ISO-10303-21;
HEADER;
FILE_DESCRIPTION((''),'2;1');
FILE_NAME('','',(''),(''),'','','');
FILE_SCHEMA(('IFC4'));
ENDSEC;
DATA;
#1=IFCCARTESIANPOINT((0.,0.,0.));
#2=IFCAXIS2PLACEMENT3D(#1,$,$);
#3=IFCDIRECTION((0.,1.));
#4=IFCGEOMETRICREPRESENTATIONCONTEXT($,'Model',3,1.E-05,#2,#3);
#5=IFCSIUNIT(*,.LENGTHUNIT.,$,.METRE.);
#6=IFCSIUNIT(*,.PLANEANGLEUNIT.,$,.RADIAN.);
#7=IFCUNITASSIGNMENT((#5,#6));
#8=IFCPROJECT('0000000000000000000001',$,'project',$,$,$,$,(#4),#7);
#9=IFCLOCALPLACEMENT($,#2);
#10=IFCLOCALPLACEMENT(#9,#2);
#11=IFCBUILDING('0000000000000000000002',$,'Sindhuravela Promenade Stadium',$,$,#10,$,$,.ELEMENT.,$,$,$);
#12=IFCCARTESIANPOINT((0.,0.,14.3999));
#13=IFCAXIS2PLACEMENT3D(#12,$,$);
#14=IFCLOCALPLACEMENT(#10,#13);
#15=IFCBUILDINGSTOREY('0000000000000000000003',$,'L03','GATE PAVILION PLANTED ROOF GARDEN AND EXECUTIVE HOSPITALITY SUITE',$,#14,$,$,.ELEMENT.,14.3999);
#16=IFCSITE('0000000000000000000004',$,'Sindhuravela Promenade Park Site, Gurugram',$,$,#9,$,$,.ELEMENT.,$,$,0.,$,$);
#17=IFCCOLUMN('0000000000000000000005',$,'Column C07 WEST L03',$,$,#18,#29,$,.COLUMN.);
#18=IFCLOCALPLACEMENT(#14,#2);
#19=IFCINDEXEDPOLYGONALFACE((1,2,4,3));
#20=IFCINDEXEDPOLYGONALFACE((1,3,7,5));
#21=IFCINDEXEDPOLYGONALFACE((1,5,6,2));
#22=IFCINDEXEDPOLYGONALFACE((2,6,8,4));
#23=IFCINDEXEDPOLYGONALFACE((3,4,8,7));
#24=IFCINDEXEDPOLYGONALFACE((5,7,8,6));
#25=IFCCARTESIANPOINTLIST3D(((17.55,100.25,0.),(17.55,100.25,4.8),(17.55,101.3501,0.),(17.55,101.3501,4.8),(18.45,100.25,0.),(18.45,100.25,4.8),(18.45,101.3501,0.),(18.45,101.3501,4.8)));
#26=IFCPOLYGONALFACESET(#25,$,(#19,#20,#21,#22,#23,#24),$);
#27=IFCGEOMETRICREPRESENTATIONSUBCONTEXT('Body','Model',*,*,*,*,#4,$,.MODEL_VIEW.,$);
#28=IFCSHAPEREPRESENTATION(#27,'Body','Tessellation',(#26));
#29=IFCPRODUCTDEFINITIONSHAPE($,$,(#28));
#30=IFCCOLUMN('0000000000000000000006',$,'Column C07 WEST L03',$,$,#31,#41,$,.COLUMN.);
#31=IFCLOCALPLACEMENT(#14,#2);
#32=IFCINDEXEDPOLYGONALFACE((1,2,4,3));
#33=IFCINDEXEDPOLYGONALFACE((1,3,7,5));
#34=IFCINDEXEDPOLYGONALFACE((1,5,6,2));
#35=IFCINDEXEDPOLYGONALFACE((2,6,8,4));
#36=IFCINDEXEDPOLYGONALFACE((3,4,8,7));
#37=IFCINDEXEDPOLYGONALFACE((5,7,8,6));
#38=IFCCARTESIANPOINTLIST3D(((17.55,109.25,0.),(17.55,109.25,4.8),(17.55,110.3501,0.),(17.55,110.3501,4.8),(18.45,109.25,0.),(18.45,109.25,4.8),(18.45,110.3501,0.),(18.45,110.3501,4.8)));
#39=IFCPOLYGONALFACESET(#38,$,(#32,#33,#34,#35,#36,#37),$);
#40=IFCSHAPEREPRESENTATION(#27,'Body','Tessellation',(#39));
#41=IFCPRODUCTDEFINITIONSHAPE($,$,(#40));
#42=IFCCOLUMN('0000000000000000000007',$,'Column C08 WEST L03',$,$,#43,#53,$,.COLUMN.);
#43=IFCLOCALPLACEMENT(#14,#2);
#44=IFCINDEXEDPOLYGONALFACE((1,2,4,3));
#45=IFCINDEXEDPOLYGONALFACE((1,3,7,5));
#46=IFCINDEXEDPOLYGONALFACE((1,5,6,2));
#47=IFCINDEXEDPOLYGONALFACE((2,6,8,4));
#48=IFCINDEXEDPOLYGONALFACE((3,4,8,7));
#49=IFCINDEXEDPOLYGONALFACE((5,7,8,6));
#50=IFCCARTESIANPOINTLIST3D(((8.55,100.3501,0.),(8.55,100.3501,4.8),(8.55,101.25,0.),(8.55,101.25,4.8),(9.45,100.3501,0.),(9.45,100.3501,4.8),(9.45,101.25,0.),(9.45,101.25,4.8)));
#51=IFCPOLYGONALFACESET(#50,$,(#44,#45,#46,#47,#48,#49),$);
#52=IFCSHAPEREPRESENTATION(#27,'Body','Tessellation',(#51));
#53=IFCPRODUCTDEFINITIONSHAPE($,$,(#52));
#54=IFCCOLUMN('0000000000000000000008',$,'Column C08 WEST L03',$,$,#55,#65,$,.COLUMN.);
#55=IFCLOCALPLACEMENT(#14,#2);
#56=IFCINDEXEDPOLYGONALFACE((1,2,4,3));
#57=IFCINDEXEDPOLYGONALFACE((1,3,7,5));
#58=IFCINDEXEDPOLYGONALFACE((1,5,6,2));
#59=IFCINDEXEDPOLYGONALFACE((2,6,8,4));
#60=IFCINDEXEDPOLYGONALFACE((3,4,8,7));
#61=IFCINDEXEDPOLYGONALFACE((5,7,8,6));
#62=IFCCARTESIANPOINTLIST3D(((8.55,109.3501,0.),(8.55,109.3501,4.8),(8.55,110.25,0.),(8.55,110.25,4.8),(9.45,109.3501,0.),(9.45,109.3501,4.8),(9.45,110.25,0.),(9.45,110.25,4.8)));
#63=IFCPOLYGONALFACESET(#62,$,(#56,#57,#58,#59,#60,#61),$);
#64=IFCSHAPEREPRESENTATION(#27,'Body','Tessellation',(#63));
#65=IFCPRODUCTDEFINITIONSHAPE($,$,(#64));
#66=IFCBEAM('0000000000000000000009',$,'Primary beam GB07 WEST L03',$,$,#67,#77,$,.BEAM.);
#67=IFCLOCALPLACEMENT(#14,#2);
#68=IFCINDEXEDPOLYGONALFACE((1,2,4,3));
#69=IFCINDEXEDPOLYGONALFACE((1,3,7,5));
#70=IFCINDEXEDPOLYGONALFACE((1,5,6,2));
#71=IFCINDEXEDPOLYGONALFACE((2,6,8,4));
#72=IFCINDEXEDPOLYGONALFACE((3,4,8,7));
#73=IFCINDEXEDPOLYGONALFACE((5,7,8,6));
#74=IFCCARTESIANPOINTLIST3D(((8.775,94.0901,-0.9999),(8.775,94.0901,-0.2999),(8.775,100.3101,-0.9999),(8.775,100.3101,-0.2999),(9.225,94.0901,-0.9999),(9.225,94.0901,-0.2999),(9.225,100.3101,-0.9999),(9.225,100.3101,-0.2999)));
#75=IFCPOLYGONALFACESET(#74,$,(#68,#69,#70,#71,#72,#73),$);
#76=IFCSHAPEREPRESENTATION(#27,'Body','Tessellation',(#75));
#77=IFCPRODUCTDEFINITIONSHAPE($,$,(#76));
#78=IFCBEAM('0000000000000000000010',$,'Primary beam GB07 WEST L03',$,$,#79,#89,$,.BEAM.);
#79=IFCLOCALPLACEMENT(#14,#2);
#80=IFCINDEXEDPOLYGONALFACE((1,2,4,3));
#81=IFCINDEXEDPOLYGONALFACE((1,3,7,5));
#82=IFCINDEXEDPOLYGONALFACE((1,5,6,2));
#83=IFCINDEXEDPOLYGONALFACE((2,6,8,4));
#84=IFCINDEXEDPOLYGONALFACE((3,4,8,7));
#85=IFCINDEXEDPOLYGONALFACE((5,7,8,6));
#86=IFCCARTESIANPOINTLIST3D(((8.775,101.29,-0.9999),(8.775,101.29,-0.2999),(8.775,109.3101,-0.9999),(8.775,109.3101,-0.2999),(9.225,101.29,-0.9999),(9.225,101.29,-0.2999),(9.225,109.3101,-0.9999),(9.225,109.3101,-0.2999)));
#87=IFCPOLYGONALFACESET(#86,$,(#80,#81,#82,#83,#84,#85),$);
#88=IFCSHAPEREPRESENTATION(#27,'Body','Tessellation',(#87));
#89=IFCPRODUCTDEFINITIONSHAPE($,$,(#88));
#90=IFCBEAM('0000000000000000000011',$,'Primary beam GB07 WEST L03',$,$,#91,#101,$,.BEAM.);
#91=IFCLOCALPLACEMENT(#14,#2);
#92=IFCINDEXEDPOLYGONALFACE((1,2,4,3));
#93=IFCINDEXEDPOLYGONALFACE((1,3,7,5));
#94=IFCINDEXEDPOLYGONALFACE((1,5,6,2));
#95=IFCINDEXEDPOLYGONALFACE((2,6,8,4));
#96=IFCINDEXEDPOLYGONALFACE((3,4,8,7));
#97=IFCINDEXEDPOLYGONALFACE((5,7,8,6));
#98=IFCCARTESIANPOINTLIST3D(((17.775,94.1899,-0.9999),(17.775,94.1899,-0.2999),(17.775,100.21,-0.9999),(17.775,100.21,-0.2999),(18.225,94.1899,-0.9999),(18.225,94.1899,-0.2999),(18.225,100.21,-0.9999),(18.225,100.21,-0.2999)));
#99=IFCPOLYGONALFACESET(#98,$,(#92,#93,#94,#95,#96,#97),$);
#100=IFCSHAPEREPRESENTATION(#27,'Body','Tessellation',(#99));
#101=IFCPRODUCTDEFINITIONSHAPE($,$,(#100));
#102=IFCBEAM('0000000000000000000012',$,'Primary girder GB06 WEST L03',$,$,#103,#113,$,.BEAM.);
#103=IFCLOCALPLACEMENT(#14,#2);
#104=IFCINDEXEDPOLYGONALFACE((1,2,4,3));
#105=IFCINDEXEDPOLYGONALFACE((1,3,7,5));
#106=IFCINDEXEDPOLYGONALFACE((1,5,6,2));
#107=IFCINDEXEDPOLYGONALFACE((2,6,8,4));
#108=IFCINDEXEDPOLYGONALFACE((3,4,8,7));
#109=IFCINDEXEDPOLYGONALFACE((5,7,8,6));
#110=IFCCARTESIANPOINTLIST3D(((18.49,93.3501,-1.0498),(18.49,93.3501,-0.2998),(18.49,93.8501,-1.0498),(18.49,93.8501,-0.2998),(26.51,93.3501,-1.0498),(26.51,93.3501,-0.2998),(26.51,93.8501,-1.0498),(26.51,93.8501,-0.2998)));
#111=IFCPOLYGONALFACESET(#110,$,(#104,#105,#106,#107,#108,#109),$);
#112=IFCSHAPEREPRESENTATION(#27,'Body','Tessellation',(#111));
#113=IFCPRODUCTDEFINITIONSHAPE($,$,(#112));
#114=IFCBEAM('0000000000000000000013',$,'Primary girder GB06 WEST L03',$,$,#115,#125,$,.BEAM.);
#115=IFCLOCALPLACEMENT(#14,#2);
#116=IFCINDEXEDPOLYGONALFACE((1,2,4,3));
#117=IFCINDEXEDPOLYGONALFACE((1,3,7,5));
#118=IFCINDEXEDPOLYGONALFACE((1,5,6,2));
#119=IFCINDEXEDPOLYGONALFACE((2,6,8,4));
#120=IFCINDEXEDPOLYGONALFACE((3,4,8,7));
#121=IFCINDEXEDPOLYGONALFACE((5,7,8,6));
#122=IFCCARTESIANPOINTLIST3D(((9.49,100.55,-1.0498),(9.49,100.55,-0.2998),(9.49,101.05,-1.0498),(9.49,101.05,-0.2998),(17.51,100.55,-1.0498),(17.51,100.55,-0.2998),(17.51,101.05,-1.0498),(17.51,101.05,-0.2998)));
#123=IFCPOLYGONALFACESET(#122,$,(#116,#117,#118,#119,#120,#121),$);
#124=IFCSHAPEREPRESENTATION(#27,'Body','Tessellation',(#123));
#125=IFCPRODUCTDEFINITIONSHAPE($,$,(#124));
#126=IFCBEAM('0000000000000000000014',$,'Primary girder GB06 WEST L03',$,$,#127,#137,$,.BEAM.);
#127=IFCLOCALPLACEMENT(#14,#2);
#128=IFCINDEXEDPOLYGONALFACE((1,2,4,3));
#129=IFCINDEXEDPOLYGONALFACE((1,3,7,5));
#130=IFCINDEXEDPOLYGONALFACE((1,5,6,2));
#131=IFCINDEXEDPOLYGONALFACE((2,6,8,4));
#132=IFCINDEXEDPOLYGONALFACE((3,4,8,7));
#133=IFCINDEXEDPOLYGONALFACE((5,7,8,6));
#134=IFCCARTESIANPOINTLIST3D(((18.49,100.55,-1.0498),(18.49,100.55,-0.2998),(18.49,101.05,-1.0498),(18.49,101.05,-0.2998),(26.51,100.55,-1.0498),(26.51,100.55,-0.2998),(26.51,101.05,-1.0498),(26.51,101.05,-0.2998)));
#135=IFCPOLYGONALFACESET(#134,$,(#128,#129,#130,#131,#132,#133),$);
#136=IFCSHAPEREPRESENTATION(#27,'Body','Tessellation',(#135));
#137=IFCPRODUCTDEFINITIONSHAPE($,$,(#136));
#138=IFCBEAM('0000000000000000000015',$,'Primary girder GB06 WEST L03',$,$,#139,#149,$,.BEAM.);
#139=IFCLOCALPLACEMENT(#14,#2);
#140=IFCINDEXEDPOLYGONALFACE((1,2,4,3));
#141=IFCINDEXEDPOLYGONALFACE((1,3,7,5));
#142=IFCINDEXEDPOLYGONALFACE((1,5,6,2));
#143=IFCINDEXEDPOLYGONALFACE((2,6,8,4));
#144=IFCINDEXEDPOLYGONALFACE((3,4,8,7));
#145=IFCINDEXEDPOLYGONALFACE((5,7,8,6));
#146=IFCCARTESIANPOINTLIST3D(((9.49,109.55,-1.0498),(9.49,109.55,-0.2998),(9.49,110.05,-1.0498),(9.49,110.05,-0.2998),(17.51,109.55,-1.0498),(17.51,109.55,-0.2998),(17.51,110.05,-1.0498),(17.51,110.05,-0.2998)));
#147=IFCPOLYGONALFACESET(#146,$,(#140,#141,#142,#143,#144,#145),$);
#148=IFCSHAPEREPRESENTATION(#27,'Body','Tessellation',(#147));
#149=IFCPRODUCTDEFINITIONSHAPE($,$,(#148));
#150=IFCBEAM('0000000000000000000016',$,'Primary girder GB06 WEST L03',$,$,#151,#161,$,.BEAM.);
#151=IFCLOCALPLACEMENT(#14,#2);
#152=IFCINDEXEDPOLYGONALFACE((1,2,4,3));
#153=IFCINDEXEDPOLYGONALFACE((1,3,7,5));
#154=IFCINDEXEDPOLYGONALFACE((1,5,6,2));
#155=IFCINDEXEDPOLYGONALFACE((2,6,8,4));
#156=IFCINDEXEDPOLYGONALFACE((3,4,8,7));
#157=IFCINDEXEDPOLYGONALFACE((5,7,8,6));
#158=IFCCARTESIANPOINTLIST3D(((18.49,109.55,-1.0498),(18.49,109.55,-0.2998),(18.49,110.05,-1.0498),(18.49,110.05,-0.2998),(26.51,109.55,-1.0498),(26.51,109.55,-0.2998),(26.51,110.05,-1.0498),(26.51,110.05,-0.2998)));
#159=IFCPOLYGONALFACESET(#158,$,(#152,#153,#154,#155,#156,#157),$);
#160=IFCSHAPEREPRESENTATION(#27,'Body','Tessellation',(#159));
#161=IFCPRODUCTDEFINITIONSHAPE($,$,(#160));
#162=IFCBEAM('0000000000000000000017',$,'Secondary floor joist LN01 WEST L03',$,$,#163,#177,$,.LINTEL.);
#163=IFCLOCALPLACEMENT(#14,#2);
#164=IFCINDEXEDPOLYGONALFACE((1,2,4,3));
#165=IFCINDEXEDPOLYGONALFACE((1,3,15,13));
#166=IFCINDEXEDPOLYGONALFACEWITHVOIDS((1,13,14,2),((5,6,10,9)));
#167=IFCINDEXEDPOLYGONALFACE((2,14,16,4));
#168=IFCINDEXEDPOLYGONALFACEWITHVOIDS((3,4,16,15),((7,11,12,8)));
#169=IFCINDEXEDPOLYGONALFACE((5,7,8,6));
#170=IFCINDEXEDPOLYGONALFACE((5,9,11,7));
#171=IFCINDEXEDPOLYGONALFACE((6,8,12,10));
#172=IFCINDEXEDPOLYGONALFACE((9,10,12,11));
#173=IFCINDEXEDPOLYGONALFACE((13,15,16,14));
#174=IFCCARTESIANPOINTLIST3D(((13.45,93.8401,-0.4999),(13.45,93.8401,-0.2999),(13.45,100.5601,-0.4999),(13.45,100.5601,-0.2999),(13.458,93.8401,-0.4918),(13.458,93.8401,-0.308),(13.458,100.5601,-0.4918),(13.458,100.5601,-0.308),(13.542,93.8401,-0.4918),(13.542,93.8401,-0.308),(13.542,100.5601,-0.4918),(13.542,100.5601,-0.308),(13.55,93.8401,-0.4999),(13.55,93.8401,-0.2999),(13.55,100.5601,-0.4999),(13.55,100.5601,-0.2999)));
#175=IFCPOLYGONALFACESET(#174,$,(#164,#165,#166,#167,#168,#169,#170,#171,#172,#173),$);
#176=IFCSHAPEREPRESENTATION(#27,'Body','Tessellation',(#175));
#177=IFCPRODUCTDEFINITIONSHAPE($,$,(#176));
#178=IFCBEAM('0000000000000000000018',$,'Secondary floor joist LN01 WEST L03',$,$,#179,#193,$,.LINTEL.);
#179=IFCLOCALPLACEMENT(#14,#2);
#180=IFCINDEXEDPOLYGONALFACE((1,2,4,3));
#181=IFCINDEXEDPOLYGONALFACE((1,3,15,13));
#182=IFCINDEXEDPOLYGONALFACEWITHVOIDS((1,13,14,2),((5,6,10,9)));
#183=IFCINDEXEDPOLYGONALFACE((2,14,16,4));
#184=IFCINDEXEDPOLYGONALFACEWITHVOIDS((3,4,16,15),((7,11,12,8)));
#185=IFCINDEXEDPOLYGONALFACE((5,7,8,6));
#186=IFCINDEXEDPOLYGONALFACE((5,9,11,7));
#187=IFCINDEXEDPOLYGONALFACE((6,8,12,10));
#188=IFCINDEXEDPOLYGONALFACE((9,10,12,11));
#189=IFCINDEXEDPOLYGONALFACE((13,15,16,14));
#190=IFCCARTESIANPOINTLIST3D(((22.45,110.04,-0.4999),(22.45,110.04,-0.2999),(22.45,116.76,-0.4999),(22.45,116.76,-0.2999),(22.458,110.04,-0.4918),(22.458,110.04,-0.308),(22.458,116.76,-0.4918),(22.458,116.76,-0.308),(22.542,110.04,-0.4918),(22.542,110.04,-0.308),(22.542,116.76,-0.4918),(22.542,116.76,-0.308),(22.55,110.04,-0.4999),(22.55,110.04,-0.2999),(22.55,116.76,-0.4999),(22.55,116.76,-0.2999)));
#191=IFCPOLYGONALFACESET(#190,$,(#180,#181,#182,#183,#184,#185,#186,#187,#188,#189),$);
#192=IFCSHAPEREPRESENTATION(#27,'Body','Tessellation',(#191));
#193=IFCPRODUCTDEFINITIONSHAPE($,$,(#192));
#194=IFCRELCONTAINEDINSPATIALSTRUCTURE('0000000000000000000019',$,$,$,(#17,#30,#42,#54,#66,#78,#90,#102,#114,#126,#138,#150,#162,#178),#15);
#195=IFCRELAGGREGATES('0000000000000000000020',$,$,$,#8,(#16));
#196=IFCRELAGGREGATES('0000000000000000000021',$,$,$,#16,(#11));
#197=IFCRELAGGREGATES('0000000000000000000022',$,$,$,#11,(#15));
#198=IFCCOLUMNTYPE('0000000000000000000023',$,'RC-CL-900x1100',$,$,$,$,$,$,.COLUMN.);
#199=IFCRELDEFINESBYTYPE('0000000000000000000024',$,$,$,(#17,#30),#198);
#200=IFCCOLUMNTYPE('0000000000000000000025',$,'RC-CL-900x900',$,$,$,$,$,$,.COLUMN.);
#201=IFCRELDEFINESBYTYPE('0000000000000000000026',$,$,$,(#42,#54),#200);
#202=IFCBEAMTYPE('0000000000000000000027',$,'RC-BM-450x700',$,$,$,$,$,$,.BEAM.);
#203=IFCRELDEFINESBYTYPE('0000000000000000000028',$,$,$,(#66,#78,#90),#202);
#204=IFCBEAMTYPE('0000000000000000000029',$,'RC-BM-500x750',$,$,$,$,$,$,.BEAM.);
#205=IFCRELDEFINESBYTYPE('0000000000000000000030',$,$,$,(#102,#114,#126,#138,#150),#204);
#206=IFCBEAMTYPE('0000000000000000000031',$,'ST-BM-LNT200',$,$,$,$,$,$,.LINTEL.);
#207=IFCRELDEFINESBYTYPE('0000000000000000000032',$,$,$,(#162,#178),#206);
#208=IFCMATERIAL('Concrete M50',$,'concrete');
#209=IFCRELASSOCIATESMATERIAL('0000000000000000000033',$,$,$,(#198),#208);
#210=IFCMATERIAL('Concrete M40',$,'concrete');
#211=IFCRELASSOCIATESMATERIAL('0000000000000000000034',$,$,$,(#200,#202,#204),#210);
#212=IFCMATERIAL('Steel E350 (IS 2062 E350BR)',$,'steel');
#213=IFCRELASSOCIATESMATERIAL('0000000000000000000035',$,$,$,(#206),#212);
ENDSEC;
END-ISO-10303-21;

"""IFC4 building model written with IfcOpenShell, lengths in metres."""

from ifc_helpers import new_model, si_unit, direction, frame, origin, origin_2d, place, context, subcontext, project, spatial, rectangle, hollow_rectangle, extrude, material, material_profile, profile_set, type_object, element, save


model = new_model("IFC4")

# Units and contexts
model_context = context("Model", 3, precision=1e-05, world=origin(), true_north=direction((0.0, 1.0)))
body_context = subcontext(model_context, "Body", "Model", "MODEL_VIEW")
ifc_project = project(units=[si_unit("LENGTHUNIT", "METRE"), si_unit("PLANEANGLEUNIT", "RADIAN")], contexts=[model_context])

# Site, building, storey
site_placement = place(None, origin())
site = spatial("IfcSite", under=ifc_project, at=site_placement, Name="Sindhuravela Promenade Park Site, Gurugram", CompositionType="ELEMENT", RefElevation=0.0)
building_placement = place(site_placement, origin())
building = spatial("IfcBuilding", under=site, at=building_placement, Name="Sindhuravela Promenade Stadium", CompositionType="ELEMENT")
storey_placement = place(building_placement, frame((0.0, 0.0, 14.3999)))
storey = spatial("IfcBuildingStorey", under=building, at=storey_placement, Name="L03", Description="GATE PAVILION PLANTED ROOF GARDEN AND EXECUTIVE HOSPITALITY SUITE", CompositionType="ELEMENT", Elevation=14.3999)

# Columns
ifc_material_1 = material(Name="Concrete M50", Category="concrete")
ifc_material_profile_1 = material_profile(ifc_material_1, rectangle(XDim=0.8999, YDim=1.1001, at=origin_2d()), Name="RC 900x1100")
ifc_profile_set_1 = profile_set([ifc_material_profile_1], Name="Concrete M50")
column_type_1 = type_object("IfcColumnType", Name="RC-CL-900x1100", PredefinedType="COLUMN", material=ifc_profile_set_1)
for number, where, z_axis, x_axis, name in (
    (1, (18.0, 100.8, 0.0), (0.0, 0.0, 1.0), (1.0, 0.0, 0.0), "Column C07 WEST L03"),
    (2, (18.0, 109.8, 0.0), (0.0, 0.0, 1.0), (1.0, 0.0, 0.0), "Column C07 WEST L03"),
):
    element("IfcColumn", number, at=place(storey_placement, frame(where, z_axis=z_axis, x_axis=x_axis)), inside=storey, type_object=column_type_1, Name=name, PredefinedType="COLUMN", context=body_context, shape_type="SweptSolid", body=[
        extrude(rectangle(XDim=0.8999, YDim=1.1001, at=origin_2d()), origin(), (0.0, 0.0, 1.0), 4.8),
    ])
ifc_material_2 = material(Name="Concrete M40", Category="concrete")
ifc_material_profile_2 = material_profile(ifc_material_2, rectangle(XDim=0.8999, YDim=0.8999, at=origin_2d()), Name="RC 900x900")
ifc_profile_set_2 = profile_set([ifc_material_profile_2], Name="Concrete M40")
column_type_2 = type_object("IfcColumnType", Name="RC-CL-900x900", PredefinedType="COLUMN", material=ifc_profile_set_2)
for number, where, z_axis, x_axis, name in (
    (3, (9.0, 100.8, 0.0), (0.0, 0.0, 1.0), (1.0, 0.0, 0.0), "Column C08 WEST L03"),
    (4, (9.0, 109.8, 0.0), (0.0, 0.0, 1.0), (1.0, 0.0, 0.0), "Column C08 WEST L03"),
):
    element("IfcColumn", number, at=place(storey_placement, frame(where, z_axis=z_axis, x_axis=x_axis)), inside=storey, type_object=column_type_2, Name=name, PredefinedType="COLUMN", context=body_context, shape_type="SweptSolid", body=[
        extrude(rectangle(XDim=0.8999, YDim=0.8999, at=origin_2d()), origin(), (0.0, 0.0, 1.0), 4.8),
    ])

# Beams
ifc_material_profile_3 = material_profile(ifc_material_2, rectangle(XDim=0.45, YDim=0.7, at=origin_2d()), Name="RC 450x700")
ifc_profile_set_3 = profile_set([ifc_material_profile_3], Name="Concrete M40")
beam_type_1 = type_object("IfcBeamType", Name="RC-BM-450x700", PredefinedType="BEAM", material=ifc_profile_set_3)
beam_1_placement = place(storey_placement, frame((9.0, 94.0901, -0.6499), z_axis=(0.0, 1.0, 0.0), x_axis=(-1.0, 0.0, 0.0)))
element("IfcBeam", 5, at=beam_1_placement, inside=storey, type_object=beam_type_1, Name="Primary beam GB07 WEST L03", PredefinedType="BEAM", context=body_context, shape_type="SweptSolid", body=[
    extrude(rectangle(XDim=0.45, YDim=0.7, at=origin_2d()), origin(), (0.0, 0.0, 1.0), 6.22),
])
beam_2_placement = place(storey_placement, frame((9.0, 101.29, -0.6499), z_axis=(0.0, 1.0, 0.0), x_axis=(-1.0, 0.0, 0.0)))
element("IfcBeam", 6, at=beam_2_placement, inside=storey, type_object=beam_type_1, Name="Primary beam GB07 WEST L03", PredefinedType="BEAM", context=body_context, shape_type="SweptSolid", body=[
    extrude(rectangle(XDim=0.45, YDim=0.7, at=origin_2d()), origin(), (0.0, 0.0, 1.0), 8.02),
])
beam_3_placement = place(storey_placement, frame((18.0, 94.1899, -0.6499), z_axis=(0.0, 1.0, 0.0), x_axis=(-1.0, 0.0, 0.0)))
element("IfcBeam", 7, at=beam_3_placement, inside=storey, type_object=beam_type_1, Name="Primary beam GB07 WEST L03", PredefinedType="BEAM", context=body_context, shape_type="SweptSolid", body=[
    extrude(rectangle(XDim=0.45, YDim=0.7, at=origin_2d()), origin(), (0.0, 0.0, 1.0), 6.02),
])
ifc_material_profile_4 = material_profile(ifc_material_2, rectangle(XDim=0.5, YDim=0.75, at=origin_2d()), Name="RC 500x750")
ifc_profile_set_4 = profile_set([ifc_material_profile_4], Name="Concrete M40")
beam_type_2 = type_object("IfcBeamType", Name="RC-BM-500x750", PredefinedType="BEAM", material=ifc_profile_set_4)
for number, where, z_axis, x_axis, name in (
    (8, (18.49, 93.6001, -0.6748), (1.0, 0.0, 0.0), (0.0, 1.0, 0.0), "Primary girder GB06 WEST L03"),
    (9, (9.49, 100.8, -0.6748), (1.0, 0.0, 0.0), (0.0, 1.0, 0.0), "Primary girder GB06 WEST L03"),
    (10, (18.49, 100.8, -0.6748), (1.0, 0.0, 0.0), (0.0, 1.0, 0.0), "Primary girder GB06 WEST L03"),
    (11, (9.49, 109.8, -0.6748), (1.0, 0.0, 0.0), (0.0, 1.0, 0.0), "Primary girder GB06 WEST L03"),
    (12, (18.49, 109.8, -0.6748), (1.0, 0.0, 0.0), (0.0, 1.0, 0.0), "Primary girder GB06 WEST L03"),
):
    element("IfcBeam", number, at=place(storey_placement, frame(where, z_axis=z_axis, x_axis=x_axis)), inside=storey, type_object=beam_type_2, Name=name, PredefinedType="BEAM", context=body_context, shape_type="SweptSolid", body=[
        extrude(rectangle(XDim=0.5, YDim=0.75, at=origin_2d()), origin(), (0.0, 0.0, 1.0), 8.02),
    ])
ifc_material_3 = material(Name="Steel E350 (IS 2062 E350BR)", Category="steel")
ifc_material_profile_5 = material_profile(ifc_material_3, hollow_rectangle(XDim=0.1001, YDim=0.2, WallThickness=0.0081, at=origin_2d()), Name="RHS 200x100x8")
ifc_profile_set_5 = profile_set([ifc_material_profile_5], Name="Steel E350 (IS 2062 E350BR)")
beam_type_3 = type_object("IfcBeamType", Name="ST-BM-LNT200", PredefinedType="LINTEL", material=ifc_profile_set_5)
for number, where, z_axis, x_axis, name in (
    (13, (13.5, 93.8401, -0.3999), (0.0, 1.0, 0.0), (-1.0, 0.0, 0.0), "Secondary floor joist LN01 WEST L03"),
    (14, (22.5, 110.04, -0.3999), (0.0, 1.0, 0.0), (-1.0, 0.0, 0.0), "Secondary floor joist LN01 WEST L03"),
):
    element("IfcBeam", number, at=place(storey_placement, frame(where, z_axis=z_axis, x_axis=x_axis)), inside=storey, type_object=beam_type_3, Name=name, PredefinedType="LINTEL", context=body_context, shape_type="SweptSolid", body=[
        extrude(hollow_rectangle(XDim=0.1001, YDim=0.2, WallThickness=0.0081, at=origin_2d()), origin(), (0.0, 0.0, 1.0), 6.72),
    ])

save(model, "model.ifc")
